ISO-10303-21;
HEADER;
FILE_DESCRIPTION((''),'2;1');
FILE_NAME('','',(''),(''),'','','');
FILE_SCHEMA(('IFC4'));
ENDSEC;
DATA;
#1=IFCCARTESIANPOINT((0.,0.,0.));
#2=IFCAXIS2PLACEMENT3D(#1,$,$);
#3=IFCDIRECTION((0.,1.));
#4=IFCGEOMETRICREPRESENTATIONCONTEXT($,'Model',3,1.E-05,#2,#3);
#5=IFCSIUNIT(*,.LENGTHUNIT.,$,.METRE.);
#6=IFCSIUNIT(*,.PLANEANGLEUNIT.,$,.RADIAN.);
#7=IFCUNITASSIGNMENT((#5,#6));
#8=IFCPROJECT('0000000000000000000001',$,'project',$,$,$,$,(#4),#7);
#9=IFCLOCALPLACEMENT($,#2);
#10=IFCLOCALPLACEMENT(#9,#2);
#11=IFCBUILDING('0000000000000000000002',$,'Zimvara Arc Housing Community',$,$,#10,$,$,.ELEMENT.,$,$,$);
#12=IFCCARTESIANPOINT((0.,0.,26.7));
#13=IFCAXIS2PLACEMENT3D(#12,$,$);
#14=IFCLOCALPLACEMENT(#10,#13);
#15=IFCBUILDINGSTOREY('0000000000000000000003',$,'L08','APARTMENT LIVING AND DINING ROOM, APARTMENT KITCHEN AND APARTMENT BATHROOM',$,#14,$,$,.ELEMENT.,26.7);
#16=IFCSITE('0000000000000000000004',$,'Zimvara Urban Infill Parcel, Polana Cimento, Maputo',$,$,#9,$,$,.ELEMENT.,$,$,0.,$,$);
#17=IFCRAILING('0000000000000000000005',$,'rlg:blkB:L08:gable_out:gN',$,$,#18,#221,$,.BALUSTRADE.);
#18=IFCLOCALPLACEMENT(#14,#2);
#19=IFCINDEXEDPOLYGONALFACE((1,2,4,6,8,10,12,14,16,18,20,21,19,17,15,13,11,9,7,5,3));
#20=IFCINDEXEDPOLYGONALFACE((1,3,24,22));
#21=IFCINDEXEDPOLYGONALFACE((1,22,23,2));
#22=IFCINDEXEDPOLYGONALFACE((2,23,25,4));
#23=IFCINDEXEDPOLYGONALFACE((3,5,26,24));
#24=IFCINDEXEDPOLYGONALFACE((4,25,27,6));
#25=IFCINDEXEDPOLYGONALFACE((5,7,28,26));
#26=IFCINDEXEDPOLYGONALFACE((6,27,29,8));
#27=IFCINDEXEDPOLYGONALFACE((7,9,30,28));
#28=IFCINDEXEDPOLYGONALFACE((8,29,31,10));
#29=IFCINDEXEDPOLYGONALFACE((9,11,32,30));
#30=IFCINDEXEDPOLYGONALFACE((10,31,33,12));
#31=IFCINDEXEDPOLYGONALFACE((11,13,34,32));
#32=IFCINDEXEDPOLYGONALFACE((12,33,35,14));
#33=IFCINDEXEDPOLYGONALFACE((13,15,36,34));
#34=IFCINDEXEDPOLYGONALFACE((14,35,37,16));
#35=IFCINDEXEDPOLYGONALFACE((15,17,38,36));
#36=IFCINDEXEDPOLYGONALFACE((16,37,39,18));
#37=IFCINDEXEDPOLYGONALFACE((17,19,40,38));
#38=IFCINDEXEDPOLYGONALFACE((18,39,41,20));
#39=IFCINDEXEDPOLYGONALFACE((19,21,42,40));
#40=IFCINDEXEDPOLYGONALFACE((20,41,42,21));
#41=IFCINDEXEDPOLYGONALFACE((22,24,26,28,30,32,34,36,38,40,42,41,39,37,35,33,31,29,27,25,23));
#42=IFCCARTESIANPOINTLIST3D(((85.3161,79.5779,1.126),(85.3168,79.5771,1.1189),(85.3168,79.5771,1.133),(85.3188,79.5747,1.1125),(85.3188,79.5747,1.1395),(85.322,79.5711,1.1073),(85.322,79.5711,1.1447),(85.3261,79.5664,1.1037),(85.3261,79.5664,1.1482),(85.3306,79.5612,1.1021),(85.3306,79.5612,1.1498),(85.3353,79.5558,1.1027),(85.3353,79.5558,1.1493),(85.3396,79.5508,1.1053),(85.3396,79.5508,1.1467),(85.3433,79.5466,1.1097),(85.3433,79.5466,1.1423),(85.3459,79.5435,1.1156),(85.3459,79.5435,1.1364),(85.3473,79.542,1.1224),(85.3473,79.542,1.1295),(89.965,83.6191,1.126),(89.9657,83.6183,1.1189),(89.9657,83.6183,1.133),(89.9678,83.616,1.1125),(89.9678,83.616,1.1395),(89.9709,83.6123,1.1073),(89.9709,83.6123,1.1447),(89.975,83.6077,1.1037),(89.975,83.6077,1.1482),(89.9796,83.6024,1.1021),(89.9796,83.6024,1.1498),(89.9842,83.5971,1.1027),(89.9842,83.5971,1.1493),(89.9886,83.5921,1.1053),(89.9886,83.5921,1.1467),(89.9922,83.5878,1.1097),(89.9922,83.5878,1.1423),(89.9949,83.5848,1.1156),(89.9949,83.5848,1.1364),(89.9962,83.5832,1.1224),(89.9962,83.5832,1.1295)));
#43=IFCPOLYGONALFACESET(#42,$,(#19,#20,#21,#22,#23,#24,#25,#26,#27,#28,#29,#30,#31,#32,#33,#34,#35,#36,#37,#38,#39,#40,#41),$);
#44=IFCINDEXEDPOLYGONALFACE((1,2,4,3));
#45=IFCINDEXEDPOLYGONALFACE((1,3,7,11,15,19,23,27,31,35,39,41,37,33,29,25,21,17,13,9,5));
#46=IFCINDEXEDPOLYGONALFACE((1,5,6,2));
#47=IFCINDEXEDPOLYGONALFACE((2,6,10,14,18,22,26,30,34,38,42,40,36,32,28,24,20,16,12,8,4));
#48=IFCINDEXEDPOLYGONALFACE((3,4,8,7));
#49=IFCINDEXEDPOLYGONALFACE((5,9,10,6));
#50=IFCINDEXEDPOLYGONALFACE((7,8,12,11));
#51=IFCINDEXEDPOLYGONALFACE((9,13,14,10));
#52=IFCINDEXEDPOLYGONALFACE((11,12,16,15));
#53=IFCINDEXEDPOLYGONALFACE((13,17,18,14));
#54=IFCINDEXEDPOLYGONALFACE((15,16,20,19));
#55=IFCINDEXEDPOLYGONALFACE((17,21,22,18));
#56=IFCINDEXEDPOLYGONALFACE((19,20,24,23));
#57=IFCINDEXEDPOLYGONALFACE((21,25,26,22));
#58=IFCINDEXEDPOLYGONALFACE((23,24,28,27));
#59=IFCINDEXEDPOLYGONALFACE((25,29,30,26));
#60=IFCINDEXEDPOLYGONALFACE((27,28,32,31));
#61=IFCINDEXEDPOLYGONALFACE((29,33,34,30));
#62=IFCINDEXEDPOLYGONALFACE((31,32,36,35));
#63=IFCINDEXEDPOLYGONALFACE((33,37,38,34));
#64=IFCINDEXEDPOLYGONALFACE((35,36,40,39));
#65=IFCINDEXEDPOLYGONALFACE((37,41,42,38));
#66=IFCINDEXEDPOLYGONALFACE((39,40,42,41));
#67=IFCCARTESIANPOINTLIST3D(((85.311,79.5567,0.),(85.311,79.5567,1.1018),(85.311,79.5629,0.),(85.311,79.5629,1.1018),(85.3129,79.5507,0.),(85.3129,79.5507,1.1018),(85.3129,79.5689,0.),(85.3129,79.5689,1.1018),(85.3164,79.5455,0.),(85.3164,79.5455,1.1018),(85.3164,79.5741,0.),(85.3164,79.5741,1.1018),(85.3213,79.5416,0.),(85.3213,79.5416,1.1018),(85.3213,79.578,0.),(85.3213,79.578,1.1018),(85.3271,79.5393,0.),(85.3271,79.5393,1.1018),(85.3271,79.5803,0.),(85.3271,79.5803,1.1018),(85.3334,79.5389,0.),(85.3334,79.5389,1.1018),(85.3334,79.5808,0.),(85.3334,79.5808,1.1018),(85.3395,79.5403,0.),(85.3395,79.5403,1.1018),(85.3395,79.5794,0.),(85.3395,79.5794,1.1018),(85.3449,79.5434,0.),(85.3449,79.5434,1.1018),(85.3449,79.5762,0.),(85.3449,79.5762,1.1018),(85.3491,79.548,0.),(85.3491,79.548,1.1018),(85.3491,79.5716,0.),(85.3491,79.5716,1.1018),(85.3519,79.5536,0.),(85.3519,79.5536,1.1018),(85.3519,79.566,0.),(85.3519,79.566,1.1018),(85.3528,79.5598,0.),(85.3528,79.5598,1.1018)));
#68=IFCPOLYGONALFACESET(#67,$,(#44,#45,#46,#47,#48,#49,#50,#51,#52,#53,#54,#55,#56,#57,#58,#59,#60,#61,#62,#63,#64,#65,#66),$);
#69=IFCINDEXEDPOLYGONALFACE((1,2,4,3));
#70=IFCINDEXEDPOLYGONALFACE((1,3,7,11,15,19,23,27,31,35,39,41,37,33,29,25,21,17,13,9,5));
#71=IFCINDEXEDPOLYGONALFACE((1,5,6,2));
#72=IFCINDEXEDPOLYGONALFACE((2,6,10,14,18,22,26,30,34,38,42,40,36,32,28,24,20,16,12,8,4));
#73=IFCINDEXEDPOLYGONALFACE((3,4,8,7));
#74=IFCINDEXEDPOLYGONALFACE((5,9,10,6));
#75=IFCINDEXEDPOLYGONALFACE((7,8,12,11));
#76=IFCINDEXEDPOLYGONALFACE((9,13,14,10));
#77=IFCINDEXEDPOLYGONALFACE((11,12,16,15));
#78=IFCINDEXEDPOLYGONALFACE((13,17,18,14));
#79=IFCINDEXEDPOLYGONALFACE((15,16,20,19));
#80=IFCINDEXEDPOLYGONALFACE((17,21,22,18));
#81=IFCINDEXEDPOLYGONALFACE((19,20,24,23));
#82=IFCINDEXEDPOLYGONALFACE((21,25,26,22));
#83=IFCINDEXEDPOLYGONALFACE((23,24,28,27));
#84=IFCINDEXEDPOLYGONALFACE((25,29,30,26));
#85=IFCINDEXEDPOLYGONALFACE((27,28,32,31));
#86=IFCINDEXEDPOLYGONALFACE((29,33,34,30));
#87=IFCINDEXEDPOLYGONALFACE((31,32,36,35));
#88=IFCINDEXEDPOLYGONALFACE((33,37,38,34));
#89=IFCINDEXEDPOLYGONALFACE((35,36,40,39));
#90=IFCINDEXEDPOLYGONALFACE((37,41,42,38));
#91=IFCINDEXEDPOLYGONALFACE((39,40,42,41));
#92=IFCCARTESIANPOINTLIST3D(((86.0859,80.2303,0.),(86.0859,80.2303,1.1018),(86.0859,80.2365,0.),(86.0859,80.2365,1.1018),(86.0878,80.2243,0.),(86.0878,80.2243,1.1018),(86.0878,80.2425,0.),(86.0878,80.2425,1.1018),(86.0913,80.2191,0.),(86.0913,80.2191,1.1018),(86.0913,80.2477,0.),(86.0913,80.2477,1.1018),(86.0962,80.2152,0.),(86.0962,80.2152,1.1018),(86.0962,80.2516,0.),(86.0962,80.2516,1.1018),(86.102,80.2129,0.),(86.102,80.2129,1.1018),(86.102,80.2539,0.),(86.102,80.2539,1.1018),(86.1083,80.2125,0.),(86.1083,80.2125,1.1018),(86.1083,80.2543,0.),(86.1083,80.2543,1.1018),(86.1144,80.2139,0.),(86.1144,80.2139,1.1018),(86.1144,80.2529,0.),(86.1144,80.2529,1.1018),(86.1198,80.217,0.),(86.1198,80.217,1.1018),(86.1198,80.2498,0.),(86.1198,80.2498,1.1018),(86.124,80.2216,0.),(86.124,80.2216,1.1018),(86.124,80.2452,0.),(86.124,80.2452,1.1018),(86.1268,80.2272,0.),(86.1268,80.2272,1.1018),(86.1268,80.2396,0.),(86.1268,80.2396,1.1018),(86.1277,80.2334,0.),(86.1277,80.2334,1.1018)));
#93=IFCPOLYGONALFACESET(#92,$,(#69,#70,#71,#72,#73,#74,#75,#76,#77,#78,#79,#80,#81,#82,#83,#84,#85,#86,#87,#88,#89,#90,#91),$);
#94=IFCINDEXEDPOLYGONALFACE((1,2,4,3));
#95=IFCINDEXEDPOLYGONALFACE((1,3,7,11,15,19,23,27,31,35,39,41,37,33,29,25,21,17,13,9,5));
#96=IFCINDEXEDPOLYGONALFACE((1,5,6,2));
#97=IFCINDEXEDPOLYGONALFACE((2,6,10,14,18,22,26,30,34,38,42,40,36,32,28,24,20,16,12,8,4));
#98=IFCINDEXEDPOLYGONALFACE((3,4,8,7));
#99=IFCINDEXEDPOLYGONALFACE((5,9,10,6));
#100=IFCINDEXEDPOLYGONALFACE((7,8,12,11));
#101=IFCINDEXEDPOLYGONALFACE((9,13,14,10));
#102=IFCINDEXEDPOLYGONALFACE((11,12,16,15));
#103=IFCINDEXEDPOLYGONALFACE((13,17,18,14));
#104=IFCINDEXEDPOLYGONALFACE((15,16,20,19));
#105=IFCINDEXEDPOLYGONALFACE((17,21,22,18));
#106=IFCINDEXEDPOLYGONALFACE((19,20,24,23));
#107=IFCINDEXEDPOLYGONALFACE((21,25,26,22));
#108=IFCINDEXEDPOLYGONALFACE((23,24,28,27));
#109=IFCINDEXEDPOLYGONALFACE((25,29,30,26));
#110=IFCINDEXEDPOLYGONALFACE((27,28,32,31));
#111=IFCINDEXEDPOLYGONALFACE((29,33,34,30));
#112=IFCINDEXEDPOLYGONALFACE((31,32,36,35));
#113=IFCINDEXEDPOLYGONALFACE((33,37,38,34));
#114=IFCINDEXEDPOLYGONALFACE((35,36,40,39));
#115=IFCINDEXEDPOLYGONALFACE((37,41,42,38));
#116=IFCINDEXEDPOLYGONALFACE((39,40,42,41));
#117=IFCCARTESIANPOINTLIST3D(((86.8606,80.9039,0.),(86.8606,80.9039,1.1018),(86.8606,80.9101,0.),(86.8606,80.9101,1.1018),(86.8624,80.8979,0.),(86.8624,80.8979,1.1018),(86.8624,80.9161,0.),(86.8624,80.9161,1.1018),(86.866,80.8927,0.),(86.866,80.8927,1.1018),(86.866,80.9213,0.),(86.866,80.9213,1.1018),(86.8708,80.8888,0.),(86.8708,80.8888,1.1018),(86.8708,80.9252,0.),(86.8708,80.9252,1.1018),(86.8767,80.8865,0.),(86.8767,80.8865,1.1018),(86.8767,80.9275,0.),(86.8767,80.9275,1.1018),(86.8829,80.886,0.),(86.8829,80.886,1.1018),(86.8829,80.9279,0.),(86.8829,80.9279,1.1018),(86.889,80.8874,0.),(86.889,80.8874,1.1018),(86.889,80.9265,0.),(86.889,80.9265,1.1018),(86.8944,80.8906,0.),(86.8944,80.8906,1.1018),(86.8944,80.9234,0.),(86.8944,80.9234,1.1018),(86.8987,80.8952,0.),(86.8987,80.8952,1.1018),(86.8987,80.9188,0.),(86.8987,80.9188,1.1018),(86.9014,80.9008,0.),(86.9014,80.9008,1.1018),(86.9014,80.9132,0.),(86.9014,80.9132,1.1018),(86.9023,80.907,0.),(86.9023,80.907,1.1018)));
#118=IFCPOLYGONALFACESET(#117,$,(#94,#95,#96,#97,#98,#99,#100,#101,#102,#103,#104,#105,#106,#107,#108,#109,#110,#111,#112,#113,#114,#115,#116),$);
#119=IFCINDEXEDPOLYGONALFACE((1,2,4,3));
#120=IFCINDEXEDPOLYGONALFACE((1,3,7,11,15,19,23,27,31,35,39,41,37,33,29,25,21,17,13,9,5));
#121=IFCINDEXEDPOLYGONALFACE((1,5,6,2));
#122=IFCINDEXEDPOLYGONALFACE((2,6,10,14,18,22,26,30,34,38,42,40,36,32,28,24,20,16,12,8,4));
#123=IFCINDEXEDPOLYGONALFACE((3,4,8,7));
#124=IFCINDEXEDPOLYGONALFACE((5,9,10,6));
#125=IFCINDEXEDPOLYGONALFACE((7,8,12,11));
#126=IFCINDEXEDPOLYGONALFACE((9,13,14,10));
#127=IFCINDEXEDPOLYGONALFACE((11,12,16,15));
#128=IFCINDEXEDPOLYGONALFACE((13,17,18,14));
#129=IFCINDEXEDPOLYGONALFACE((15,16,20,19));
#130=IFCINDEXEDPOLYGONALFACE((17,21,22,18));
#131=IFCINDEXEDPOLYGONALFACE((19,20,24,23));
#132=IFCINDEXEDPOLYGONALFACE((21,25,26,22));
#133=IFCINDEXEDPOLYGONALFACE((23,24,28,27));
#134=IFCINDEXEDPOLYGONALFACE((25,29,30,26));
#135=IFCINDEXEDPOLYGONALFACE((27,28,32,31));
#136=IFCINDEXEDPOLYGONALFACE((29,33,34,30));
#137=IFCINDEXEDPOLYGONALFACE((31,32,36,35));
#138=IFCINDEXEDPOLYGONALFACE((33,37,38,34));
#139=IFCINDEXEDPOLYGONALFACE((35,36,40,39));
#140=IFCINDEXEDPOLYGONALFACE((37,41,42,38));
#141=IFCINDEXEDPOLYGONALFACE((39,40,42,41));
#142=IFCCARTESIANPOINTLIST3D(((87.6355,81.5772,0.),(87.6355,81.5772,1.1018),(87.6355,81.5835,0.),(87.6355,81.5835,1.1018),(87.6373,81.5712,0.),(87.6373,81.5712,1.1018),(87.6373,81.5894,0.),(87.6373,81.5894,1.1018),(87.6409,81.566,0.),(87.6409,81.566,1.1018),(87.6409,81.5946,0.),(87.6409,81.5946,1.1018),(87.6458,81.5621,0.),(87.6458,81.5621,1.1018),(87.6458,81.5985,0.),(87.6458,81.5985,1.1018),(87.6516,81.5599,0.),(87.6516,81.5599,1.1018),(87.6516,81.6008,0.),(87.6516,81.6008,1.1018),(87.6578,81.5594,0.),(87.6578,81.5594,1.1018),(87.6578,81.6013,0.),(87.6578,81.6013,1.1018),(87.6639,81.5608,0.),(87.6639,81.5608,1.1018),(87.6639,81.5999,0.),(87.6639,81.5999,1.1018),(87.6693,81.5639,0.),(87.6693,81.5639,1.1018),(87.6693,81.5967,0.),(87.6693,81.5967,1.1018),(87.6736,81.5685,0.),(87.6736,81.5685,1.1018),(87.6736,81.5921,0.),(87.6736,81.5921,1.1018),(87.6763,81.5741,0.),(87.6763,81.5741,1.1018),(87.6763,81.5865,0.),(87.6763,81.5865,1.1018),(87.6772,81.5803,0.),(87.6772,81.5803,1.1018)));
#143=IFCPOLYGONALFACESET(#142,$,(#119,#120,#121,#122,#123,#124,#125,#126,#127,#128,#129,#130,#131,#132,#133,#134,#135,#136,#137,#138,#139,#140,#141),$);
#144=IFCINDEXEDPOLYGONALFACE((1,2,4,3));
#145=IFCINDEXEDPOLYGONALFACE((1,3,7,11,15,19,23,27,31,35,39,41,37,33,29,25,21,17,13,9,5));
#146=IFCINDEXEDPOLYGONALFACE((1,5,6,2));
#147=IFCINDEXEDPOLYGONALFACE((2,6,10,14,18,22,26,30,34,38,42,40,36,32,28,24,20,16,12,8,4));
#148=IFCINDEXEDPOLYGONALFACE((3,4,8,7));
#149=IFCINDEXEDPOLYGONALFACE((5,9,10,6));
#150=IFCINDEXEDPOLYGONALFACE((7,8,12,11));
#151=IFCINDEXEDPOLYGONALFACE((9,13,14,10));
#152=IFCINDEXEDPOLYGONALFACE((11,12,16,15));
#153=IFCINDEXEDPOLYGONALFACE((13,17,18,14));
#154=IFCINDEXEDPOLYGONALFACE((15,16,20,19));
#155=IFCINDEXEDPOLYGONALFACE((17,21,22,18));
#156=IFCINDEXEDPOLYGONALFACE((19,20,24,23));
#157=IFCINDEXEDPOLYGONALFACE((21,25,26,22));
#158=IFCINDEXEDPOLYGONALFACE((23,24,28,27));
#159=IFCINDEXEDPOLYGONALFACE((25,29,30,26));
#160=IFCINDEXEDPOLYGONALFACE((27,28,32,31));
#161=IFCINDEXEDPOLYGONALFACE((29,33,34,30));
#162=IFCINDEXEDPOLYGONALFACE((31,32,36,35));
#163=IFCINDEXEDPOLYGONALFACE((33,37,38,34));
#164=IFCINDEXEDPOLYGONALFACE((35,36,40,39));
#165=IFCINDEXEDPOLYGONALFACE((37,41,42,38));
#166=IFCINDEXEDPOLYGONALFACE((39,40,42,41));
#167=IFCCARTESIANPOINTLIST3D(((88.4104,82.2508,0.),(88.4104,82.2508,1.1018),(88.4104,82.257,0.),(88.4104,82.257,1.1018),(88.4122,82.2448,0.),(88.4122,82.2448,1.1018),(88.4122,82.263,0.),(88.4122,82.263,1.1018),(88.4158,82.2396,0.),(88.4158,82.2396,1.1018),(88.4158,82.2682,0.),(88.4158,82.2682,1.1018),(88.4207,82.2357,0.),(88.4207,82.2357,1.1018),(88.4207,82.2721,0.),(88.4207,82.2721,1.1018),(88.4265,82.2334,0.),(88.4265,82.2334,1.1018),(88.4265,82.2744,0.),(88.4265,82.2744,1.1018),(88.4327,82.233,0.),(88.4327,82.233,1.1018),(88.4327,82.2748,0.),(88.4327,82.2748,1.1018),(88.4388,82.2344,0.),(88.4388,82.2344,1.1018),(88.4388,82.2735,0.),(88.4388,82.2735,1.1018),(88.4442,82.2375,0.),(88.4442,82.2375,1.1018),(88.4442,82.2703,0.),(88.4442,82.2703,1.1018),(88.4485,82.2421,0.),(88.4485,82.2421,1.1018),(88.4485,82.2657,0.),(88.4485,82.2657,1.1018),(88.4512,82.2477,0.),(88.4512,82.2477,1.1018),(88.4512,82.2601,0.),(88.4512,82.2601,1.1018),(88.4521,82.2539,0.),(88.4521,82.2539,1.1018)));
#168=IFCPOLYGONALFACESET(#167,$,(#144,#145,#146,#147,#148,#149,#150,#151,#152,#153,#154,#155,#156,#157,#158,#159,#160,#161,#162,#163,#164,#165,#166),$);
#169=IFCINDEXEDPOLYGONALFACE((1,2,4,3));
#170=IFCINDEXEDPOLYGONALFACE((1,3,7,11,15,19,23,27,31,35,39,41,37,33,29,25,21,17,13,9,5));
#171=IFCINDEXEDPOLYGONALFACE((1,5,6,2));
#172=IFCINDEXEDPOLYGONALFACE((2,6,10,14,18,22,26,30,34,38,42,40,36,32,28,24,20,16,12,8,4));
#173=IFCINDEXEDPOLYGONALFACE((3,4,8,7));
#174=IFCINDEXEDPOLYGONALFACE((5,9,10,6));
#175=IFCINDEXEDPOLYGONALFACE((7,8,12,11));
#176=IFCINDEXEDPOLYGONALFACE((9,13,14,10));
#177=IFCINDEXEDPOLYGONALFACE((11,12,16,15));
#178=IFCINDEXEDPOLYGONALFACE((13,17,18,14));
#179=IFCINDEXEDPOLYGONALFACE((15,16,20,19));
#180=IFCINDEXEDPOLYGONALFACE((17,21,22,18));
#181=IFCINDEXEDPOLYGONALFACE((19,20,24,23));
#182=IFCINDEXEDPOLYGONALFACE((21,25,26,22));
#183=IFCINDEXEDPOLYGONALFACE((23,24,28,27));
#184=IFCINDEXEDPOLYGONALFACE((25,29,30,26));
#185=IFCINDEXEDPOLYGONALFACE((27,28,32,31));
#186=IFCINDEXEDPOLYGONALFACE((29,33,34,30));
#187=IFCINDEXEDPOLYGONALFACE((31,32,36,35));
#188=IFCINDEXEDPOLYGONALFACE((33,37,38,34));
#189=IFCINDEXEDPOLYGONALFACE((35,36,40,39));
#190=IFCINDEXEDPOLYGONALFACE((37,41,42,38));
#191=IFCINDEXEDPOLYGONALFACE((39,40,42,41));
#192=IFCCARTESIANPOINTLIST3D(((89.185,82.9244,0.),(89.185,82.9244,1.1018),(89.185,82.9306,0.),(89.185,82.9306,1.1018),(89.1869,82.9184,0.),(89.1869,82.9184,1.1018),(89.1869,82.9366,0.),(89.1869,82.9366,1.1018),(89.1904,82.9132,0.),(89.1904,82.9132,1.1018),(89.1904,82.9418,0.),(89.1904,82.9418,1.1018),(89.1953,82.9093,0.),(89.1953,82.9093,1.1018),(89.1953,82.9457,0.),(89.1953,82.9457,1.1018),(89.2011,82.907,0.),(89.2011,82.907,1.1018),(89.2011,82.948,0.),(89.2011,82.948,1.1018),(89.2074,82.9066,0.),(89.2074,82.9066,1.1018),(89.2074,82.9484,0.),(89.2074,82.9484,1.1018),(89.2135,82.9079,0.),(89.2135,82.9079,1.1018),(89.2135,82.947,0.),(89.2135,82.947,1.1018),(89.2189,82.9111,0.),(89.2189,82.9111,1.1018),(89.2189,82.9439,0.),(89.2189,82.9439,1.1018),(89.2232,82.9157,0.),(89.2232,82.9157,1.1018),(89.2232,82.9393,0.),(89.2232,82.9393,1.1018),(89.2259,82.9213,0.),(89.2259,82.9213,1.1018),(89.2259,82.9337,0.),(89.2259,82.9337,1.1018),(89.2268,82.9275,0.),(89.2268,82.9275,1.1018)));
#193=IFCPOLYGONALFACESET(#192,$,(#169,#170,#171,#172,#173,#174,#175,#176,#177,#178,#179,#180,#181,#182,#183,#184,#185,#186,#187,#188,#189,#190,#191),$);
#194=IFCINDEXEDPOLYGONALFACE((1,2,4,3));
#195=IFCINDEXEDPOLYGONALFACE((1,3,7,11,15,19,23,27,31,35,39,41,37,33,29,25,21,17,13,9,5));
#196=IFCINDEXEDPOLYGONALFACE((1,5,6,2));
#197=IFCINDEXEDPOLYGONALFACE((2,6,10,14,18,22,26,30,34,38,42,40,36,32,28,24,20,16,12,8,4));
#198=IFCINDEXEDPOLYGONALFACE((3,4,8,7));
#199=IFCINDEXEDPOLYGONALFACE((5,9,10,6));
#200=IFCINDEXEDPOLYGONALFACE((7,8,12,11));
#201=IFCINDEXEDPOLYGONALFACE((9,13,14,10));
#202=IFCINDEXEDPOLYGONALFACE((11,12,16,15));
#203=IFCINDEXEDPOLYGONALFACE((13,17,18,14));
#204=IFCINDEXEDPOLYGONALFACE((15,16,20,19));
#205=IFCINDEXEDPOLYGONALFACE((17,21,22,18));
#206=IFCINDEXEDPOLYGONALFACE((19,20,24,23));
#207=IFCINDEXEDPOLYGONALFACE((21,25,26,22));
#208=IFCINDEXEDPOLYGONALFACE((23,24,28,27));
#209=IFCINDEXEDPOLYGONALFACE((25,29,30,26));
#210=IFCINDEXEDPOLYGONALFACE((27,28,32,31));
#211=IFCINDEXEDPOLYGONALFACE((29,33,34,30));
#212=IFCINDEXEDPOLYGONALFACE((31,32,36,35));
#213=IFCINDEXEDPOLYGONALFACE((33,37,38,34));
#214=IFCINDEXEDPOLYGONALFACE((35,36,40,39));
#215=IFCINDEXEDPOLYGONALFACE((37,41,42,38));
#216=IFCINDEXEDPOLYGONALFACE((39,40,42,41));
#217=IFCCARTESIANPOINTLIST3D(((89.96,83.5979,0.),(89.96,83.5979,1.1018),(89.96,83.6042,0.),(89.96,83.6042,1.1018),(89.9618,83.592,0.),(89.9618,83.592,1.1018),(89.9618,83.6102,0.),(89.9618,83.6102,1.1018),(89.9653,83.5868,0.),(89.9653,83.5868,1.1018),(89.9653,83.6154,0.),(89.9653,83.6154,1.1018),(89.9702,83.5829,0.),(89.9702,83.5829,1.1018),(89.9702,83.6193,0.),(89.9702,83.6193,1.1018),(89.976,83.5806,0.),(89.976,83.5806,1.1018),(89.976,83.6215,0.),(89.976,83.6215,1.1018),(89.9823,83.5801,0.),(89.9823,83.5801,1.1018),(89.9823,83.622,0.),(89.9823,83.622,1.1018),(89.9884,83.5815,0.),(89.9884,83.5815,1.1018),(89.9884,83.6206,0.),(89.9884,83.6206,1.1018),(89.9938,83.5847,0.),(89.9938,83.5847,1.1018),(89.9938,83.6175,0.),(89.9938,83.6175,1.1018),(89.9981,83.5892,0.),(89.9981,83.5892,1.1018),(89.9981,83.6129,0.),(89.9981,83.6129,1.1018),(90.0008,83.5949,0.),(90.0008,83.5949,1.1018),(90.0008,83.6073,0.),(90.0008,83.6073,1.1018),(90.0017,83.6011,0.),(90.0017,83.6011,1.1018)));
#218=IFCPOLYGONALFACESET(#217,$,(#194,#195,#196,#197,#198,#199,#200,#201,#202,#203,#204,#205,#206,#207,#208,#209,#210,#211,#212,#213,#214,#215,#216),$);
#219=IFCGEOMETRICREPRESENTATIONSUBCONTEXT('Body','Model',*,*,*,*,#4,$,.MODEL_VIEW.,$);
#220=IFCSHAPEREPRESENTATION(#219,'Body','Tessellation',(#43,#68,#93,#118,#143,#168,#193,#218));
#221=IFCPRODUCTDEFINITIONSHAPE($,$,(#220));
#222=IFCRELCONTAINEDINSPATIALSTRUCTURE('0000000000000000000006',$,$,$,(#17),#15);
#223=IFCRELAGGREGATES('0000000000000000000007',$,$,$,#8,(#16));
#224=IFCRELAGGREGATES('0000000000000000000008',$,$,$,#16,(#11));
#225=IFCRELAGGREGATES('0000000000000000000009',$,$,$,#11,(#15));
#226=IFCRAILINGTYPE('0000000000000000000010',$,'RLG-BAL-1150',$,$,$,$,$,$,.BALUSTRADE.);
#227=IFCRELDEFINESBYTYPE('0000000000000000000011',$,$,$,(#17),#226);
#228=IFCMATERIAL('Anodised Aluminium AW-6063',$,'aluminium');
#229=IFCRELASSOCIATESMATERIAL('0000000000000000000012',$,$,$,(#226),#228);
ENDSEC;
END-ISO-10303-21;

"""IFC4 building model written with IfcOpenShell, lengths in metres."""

from ifc_helpers import new_model, si_unit, direction, frame, origin, origin_2d, place, context, subcontext, project, spatial, circle, extrude, material, type_object, element, save


model = new_model("IFC4")

# Units and contexts
model_context = context("Model", 3, precision=1e-05, world=origin(), true_north=direction((0.0, 1.0)))
body_context = subcontext(model_context, "Body", "Model", "MODEL_VIEW")
ifc_project = project(units=[si_unit("LENGTHUNIT", "METRE"), si_unit("PLANEANGLEUNIT", "RADIAN")], contexts=[model_context])

# Site, building, storey
site_placement = place(None, origin())
site = spatial("IfcSite", under=ifc_project, at=site_placement, Name="Zimvara Urban Infill Parcel, Polana Cimento, Maputo", CompositionType="ELEMENT", RefElevation=0.0)
building_placement = place(site_placement, origin())
building = spatial("IfcBuilding", under=site, at=building_placement, Name="Zimvara Arc Housing Community", CompositionType="ELEMENT")
storey_placement = place(building_placement, frame((0.0, 0.0, 26.7)))
storey = spatial("IfcBuildingStorey", under=building, at=storey_placement, Name="L08", Description="APARTMENT LIVING AND DINING ROOM, APARTMENT KITCHEN AND APARTMENT BATHROOM", CompositionType="ELEMENT", Elevation=26.7)

# Railing
ifc_material_1 = material(Name="Anodised Aluminium AW-6063", Category="aluminium")
railing_type_1 = type_object("IfcRailingType", Name="RLG-BAL-1150", PredefinedType="BALUSTRADE", material=ifc_material_1)
railing_1_placement = place(storey_placement, frame((85.3318, 79.5598, 0.0)))
element("IfcRailing", 1, at=railing_1_placement, inside=storey, type_object=railing_type_1, Name="rlg:blkB:L08:gable_out:gN", PredefinedType="BALUSTRADE", context=body_context, shape_type="SweptSolid", body=[
    extrude(circle(Radius=0.0239, at=origin_2d()), frame((0.0, 0.0, 1.126), z_axis=(0.754709, 0.65606, 0.0), x_axis=(-0.65606, 0.754709, 0.0)), (0.0, 0.0, 1.0), 6.1599),
    extrude(circle(Radius=0.021, at=origin_2d()), origin(), (0.0, 0.0, 1.0), 1.1018),
    extrude(circle(Radius=0.021, at=origin_2d()), frame((0.7749, 0.6736, 0.0)), (0.0, 0.0, 1.0), 1.1018),
    extrude(circle(Radius=0.021, at=origin_2d()), frame((1.5496, 1.3472, 0.0)), (0.0, 0.0, 1.0), 1.1018),
    extrude(circle(Radius=0.021, at=origin_2d()), frame((2.3245, 2.0205, 0.0)), (0.0, 0.0, 1.0), 1.1018),
    extrude(circle(Radius=0.021, at=origin_2d()), frame((3.0994, 2.6941, 0.0)), (0.0, 0.0, 1.0), 1.1018),
    extrude(circle(Radius=0.021, at=origin_2d()), frame((3.874, 3.3677, 0.0)), (0.0, 0.0, 1.0), 1.1018),
    extrude(circle(Radius=0.021, at=origin_2d()), frame((4.6489, 4.0413, 0.0)), (0.0, 0.0, 1.0), 1.1018),
])

save(model, "model.ifc")
